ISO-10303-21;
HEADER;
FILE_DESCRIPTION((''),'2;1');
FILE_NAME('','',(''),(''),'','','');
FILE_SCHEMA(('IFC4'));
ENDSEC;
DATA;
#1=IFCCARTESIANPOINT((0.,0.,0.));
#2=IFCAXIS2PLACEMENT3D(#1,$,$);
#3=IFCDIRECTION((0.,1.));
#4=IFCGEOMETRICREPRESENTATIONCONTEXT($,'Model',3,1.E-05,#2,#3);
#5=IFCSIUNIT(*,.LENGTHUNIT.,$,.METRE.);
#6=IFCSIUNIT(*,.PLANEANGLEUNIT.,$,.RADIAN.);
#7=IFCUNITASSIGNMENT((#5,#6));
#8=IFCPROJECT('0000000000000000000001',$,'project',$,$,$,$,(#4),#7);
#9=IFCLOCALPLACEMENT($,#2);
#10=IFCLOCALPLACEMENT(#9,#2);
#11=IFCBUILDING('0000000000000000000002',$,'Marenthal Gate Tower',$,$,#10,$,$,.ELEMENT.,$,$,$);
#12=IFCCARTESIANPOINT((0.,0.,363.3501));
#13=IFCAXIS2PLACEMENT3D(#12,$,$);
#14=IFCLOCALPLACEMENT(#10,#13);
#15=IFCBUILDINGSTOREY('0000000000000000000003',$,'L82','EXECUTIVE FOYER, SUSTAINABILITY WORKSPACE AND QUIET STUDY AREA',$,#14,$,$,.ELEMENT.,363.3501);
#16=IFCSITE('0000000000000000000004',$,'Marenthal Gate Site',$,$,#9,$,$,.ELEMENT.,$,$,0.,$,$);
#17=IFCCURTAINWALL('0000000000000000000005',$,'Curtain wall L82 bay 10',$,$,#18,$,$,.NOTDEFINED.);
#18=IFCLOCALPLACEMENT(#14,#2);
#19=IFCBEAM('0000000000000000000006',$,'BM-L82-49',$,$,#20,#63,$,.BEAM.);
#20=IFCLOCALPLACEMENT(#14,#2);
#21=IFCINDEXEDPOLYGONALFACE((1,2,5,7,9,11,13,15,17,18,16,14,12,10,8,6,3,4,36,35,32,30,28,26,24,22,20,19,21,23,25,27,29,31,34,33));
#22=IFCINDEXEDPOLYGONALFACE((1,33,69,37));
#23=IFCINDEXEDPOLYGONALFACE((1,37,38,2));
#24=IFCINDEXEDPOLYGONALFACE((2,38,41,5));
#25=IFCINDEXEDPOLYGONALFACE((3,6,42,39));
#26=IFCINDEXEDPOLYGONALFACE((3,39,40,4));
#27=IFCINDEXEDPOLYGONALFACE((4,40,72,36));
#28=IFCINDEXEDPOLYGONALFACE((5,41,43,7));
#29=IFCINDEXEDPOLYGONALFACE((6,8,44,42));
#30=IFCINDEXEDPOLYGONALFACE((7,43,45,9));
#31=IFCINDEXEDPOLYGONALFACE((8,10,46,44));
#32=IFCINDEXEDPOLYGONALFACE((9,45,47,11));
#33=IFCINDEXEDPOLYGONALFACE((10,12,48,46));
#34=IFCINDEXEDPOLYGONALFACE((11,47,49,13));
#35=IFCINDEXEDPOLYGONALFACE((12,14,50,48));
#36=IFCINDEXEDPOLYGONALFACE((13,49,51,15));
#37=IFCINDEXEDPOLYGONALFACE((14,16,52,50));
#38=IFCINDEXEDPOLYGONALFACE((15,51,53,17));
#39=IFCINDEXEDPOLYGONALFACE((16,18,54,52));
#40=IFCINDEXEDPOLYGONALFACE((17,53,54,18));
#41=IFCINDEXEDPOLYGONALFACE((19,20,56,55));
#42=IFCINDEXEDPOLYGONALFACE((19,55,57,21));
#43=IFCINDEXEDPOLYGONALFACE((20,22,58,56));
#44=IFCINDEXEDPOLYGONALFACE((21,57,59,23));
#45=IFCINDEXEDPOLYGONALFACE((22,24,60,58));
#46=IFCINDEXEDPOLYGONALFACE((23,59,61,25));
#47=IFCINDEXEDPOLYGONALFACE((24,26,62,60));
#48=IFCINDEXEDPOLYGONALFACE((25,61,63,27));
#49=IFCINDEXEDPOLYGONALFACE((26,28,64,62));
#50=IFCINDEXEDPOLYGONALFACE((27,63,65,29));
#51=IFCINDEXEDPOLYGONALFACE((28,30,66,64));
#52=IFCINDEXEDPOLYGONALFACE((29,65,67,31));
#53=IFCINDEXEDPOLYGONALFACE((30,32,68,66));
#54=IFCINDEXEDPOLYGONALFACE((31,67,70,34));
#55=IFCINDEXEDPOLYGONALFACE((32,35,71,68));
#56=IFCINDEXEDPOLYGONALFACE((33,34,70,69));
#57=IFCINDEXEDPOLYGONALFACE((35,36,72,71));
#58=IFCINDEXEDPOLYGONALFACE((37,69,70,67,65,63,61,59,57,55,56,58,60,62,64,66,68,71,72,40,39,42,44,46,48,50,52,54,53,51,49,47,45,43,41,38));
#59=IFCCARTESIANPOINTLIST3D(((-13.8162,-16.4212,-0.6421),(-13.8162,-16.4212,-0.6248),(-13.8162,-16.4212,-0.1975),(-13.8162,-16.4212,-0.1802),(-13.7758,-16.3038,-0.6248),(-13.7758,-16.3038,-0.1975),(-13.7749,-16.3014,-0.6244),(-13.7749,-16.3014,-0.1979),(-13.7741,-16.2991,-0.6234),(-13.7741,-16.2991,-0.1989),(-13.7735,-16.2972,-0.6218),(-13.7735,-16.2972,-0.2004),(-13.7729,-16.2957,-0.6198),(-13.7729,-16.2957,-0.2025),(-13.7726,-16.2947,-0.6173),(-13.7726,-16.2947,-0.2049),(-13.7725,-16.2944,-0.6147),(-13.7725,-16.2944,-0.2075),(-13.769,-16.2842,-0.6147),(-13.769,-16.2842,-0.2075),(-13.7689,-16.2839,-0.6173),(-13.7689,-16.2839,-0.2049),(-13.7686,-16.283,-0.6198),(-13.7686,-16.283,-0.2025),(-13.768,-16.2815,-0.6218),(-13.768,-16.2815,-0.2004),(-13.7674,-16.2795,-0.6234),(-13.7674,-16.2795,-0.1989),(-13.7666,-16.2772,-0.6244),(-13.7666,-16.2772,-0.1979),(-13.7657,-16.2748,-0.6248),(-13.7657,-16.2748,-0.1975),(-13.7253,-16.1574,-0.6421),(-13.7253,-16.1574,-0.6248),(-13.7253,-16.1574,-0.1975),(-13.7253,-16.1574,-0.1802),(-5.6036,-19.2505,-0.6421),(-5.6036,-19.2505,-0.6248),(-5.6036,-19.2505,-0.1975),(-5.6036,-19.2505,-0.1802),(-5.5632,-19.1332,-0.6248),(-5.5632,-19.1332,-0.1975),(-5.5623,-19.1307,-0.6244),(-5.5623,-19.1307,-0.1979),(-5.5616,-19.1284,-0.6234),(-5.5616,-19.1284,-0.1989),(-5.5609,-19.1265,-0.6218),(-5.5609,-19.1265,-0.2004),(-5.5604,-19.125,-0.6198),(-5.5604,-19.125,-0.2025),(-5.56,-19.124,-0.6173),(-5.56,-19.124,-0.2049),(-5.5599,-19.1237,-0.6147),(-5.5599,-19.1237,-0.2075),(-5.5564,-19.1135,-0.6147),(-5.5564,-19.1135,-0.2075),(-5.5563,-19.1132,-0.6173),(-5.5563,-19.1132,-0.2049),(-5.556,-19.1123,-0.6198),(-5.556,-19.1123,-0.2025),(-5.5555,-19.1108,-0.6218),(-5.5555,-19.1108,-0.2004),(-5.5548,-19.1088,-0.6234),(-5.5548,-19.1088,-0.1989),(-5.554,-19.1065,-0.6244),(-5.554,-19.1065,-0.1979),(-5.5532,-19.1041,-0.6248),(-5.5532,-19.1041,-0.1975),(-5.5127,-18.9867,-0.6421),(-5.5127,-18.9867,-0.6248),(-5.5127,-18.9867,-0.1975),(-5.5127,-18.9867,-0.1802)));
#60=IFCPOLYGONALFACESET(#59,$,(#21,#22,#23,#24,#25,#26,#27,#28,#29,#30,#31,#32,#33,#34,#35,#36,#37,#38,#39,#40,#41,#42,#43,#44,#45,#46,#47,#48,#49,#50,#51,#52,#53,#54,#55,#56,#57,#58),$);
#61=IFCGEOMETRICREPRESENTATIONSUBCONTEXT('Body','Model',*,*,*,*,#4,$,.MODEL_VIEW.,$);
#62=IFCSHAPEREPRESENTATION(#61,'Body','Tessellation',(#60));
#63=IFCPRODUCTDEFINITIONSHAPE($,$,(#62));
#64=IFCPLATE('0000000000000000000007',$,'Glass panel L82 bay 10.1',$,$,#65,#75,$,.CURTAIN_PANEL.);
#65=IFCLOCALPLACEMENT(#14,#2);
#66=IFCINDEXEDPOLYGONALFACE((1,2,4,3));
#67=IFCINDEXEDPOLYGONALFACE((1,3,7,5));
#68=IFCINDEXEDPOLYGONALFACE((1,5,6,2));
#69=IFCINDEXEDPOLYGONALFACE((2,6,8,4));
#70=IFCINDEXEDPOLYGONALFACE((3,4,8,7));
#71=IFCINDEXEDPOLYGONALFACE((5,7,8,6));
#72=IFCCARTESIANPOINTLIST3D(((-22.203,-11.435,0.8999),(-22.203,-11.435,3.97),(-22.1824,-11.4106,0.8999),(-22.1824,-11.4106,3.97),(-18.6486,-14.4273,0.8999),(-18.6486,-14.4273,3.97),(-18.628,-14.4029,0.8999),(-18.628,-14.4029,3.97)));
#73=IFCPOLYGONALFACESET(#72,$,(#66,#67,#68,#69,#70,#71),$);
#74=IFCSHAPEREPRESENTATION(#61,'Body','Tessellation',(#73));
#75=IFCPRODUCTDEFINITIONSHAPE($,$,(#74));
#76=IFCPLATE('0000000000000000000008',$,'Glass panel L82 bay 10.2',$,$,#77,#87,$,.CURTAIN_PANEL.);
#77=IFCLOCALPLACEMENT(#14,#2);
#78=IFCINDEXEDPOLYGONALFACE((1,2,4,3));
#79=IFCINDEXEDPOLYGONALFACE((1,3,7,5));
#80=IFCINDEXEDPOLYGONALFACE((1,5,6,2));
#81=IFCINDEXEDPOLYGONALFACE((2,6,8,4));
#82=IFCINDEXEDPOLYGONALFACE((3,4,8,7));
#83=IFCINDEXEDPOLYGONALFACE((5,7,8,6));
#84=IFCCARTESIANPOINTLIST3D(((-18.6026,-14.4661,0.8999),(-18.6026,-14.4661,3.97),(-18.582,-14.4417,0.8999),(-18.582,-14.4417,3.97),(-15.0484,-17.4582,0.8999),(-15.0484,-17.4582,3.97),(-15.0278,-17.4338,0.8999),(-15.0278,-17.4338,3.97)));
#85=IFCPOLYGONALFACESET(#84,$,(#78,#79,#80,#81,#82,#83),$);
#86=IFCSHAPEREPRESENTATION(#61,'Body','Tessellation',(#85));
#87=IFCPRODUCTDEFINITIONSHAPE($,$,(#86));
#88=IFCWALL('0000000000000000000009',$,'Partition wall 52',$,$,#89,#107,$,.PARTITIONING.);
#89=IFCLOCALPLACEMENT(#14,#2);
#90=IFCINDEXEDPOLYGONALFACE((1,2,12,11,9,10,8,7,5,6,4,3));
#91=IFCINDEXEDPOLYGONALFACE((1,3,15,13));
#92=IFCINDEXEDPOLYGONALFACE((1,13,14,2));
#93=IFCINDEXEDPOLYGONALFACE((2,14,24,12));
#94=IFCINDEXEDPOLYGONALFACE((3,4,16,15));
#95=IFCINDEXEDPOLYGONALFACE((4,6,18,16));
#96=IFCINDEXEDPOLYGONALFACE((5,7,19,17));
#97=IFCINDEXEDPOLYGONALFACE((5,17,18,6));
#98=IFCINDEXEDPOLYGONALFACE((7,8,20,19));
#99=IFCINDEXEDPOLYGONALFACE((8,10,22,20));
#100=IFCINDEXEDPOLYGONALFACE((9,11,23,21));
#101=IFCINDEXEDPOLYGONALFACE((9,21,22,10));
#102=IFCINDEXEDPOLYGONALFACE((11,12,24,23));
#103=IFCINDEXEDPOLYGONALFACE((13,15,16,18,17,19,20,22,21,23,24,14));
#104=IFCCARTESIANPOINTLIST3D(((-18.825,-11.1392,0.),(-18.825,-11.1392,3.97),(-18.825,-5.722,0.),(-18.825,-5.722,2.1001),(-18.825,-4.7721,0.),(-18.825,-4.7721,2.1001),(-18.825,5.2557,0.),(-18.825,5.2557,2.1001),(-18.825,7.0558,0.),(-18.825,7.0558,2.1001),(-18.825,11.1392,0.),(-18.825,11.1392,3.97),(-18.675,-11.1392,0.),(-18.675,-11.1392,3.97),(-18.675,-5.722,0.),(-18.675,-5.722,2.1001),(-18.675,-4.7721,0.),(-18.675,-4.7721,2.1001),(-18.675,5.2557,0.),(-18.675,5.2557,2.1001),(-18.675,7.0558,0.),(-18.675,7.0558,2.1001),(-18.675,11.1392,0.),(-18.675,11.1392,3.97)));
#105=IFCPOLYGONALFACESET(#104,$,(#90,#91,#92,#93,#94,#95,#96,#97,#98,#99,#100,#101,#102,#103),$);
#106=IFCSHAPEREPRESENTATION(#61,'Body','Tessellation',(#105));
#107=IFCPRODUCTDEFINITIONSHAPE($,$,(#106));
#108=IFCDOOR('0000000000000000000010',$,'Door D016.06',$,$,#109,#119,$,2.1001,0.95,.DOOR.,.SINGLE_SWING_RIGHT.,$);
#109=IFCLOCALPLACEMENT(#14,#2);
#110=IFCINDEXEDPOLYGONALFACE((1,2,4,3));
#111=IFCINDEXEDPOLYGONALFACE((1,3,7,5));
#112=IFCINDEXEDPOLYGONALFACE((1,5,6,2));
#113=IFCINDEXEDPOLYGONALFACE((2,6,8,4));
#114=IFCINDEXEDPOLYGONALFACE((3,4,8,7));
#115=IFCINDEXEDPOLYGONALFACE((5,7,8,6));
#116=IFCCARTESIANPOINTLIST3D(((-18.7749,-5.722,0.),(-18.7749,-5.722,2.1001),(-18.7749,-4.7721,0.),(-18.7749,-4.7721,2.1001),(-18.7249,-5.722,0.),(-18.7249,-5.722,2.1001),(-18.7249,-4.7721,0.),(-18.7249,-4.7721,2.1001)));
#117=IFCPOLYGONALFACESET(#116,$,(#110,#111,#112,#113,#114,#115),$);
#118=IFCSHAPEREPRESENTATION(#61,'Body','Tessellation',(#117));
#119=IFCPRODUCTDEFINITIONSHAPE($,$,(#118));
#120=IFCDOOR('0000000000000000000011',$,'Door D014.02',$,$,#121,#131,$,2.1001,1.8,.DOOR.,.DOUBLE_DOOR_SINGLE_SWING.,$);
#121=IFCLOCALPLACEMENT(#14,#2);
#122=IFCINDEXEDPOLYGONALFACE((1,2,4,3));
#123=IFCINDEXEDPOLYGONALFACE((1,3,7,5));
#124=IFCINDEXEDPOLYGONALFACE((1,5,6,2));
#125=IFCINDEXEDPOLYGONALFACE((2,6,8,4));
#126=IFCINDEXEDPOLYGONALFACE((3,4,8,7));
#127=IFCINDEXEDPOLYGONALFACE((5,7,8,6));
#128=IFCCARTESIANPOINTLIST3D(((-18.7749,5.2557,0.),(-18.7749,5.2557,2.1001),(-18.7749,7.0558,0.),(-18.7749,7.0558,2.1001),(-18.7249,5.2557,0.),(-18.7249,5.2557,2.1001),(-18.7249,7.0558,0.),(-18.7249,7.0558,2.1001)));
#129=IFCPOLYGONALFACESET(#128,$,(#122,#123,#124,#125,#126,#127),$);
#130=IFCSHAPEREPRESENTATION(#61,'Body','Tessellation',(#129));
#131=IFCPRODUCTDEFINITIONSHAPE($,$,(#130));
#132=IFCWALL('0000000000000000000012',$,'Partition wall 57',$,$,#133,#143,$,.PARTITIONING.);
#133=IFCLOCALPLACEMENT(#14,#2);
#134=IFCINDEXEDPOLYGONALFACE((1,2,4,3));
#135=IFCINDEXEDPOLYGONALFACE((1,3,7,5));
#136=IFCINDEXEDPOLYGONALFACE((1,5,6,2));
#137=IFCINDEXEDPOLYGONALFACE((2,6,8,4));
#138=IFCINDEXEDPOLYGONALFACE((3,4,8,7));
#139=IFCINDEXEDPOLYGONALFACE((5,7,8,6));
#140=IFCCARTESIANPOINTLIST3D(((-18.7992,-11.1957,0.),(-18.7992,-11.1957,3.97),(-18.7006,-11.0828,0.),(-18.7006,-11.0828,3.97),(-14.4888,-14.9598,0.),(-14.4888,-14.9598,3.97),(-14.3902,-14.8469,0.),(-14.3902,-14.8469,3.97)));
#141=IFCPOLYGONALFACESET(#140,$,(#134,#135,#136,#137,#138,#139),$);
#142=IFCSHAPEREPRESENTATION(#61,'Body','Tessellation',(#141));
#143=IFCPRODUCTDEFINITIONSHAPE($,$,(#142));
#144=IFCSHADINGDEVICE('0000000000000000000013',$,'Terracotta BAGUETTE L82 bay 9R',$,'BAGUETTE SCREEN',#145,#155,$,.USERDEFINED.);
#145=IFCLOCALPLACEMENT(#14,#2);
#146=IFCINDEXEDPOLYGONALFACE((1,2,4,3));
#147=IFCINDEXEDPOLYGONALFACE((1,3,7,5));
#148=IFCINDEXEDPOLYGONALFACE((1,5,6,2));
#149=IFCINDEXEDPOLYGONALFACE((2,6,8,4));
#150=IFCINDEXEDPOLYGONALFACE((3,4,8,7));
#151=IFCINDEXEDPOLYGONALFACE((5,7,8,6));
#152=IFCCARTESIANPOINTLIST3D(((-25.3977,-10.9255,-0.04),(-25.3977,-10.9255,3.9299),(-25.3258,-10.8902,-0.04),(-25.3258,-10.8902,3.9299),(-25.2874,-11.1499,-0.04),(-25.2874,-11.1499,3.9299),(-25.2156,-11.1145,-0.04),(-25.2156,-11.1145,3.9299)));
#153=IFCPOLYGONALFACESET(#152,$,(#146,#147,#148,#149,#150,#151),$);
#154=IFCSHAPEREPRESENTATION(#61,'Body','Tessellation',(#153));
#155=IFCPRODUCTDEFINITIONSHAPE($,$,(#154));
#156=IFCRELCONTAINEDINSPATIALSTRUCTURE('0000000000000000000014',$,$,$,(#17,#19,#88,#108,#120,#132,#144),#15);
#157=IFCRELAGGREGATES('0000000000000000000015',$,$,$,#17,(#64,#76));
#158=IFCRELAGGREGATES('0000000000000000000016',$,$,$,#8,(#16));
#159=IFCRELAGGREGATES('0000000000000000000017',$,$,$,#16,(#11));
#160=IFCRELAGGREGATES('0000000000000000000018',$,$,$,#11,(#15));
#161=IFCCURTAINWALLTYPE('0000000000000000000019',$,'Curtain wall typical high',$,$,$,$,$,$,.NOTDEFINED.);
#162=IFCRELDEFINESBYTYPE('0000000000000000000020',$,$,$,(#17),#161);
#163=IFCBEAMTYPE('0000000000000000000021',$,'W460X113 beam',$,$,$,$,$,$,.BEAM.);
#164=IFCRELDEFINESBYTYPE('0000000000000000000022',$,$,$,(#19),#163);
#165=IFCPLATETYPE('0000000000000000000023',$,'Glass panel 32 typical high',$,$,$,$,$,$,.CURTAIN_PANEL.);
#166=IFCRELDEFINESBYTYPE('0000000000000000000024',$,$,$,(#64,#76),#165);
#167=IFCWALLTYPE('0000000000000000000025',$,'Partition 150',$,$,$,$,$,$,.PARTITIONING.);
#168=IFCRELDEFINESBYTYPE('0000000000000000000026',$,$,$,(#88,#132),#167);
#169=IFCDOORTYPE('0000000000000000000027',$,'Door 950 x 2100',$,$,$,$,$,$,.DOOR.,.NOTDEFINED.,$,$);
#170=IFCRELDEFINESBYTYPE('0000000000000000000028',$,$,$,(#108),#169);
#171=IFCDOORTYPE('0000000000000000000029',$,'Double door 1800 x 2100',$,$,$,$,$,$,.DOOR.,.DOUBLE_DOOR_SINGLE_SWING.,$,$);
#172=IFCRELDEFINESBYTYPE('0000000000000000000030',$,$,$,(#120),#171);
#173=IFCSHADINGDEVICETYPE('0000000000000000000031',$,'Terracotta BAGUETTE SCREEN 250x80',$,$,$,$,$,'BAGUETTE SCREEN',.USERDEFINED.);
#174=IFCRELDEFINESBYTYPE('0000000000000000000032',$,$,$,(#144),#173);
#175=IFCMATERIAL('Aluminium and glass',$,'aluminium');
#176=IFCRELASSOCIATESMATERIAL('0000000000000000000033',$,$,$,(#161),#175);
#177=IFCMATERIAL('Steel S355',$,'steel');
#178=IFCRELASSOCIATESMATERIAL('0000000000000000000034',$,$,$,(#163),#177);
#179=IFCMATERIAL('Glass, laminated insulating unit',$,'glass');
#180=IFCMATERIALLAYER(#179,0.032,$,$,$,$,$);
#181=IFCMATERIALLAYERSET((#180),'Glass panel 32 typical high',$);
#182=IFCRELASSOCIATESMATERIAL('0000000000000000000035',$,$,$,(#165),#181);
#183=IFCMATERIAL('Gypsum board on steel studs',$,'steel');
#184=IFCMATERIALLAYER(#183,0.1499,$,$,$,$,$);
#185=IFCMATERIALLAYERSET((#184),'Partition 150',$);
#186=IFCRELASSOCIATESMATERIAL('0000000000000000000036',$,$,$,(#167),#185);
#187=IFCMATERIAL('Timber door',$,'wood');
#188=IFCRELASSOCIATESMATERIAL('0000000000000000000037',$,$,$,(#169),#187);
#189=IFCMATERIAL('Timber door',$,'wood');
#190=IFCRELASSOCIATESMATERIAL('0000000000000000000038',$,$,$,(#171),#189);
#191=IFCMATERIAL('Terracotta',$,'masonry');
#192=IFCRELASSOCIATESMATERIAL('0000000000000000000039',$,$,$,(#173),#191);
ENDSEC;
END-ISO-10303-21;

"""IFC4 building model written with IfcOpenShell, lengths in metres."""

from ifc_helpers import new_model, si_unit, direction, frame, frame_2d, origin, origin_2d, place, context, subcontext, project, spatial, rectangle, i_section, extrude, material, layer, layer_set, material_profile, profile_set, type_object, element, fill, aggregate, save


model = new_model("IFC4")

# Units and contexts
model_context = context("Model", 3, precision=1e-05, world=origin(), true_north=direction((0.0, 1.0)))
body_context = subcontext(model_context, "Body", "Model", "MODEL_VIEW")
ifc_project = project(units=[si_unit("LENGTHUNIT", "METRE"), si_unit("PLANEANGLEUNIT", "RADIAN")], contexts=[model_context])

# Site, building, storey
site_placement = place(None, origin())
site = spatial("IfcSite", under=ifc_project, at=site_placement, Name="Marenthal Gate Site", CompositionType="ELEMENT", RefElevation=0.0)
building_placement = place(site_placement, origin())
building = spatial("IfcBuilding", under=site, at=building_placement, Name="Marenthal Gate Tower", CompositionType="ELEMENT")
storey_placement = place(building_placement, frame((0.0, 0.0, 363.3501)))
storey = spatial("IfcBuildingStorey", under=building, at=storey_placement, Name="L82", Description="EXECUTIVE FOYER, SUSTAINABILITY WORKSPACE AND QUIET STUDY AREA", CompositionType="ELEMENT", Elevation=363.3501)

# Curtain wall
ifc_material_1 = material(Name="Aluminium and glass", Category="aluminium")
curtain_wall_type = type_object("IfcCurtainWallType", Name="Curtain wall typical high", PredefinedType="NOTDEFINED", material=ifc_material_1)
curtain_wall_placement = place(storey_placement, origin())
curtain_wall = element("IfcCurtainWall", 1, at=curtain_wall_placement, inside=storey, type_object=curtain_wall_type, Name="Curtain wall L82 bay 10", PredefinedType="NOTDEFINED")

# Beam
ifc_material_2 = material(Name="Steel S355", Category="steel")
ifc_material_profile_1 = material_profile(ifc_material_2, i_section(OverallWidth=0.2791, OverallDepth=0.4619, WebThickness=0.0107, FlangeThickness=0.0173, FilletRadius=0.01, at=origin_2d()), Name="W460X113")
ifc_profile_set_1 = profile_set([ifc_material_profile_1], Name="Steel S355")
beam_type_1 = type_object("IfcBeamType", Name="W460X113 beam", PredefinedType="BEAM", material=ifc_profile_set_1)
beam_1_placement = place(storey_placement, frame((-13.7708, -16.2893, -0.4111), z_axis=(0.945465, -0.325723, 0.0), x_axis=(0.325723, 0.945465, 0.0)))
element("IfcBeam", 2, at=beam_1_placement, inside=storey, type_object=beam_type_1, Name="BM-L82-49", PredefinedType="BEAM", context=body_context, shape_type="SweptSolid", body=[
    extrude(i_section(OverallWidth=0.2791, OverallDepth=0.4619, WebThickness=0.0107, FlangeThickness=0.0173, FilletRadius=0.01, at=origin_2d()), origin(), (0.0, 0.0, 1.0), 8.6863),
])

# Plates
ifc_material_3 = material(Name="Glass, laminated insulating unit", Category="glass")
ifc_layer_1 = layer(ifc_material_3, 0.032)
ifc_layer_set_1 = layer_set([ifc_layer_1], Name="Glass panel 32 typical high")
plate_type = type_object("IfcPlateType", Name="Glass panel 32 typical high", PredefinedType="CURTAIN_PANEL", material=ifc_layer_set_1)
plate_1_placement = place(storey_placement, frame((-20.4155, -12.9189, 0.8999), z_axis=(0.0, 0.0, 1.0), x_axis=(0.765006, -0.644023, 0.0)))
plate_1 = element("IfcPlate", 3, at=plate_1_placement, type_object=plate_type, Name="Glass panel L82 bay 10.1", PredefinedType="CURTAIN_PANEL", context=body_context, shape_type="SweptSolid", body=[
    extrude(rectangle(XDim=4.6462, YDim=0.032, at=origin_2d()), origin(), (0.0, 0.0, 1.0), 3.0701),
])
plate_2_placement = place(storey_placement, frame((-16.8152, -15.95, 0.8999), z_axis=(0.0, 0.0, 1.0), x_axis=(0.765006, -0.644023, 0.0)))
plate_2 = element("IfcPlate", 4, at=plate_2_placement, type_object=plate_type, Name="Glass panel L82 bay 10.2", PredefinedType="CURTAIN_PANEL", context=body_context, shape_type="SweptSolid", body=[
    extrude(rectangle(XDim=4.646, YDim=0.032, at=origin_2d()), origin(), (0.0, 0.0, 1.0), 3.0701),
])
aggregate(curtain_wall, [plate_1, plate_2])

# Wall, openings, doors
ifc_material_4 = material(Name="Gypsum board on steel studs", Category="steel")
ifc_layer_2 = layer(ifc_material_4, 0.1499)
ifc_layer_set_2 = layer_set([ifc_layer_2], Name="Partition 150")
wall_type_1 = type_object("IfcWallType", Name="Partition 150", PredefinedType="PARTITIONING", material=ifc_layer_set_2)
wall_1_placement = place(storey_placement, frame((-18.75, -11.1392, 0.0), z_axis=(0.0, 0.0, 1.0), x_axis=(0.0, 1.0, 0.0)))
wall_1 = element("IfcWall", 5, at=wall_1_placement, inside=storey, type_object=wall_type_1, Name="Partition wall 52", PredefinedType="PARTITIONING", context=body_context, shape_type="SweptSolid", body=[
    extrude(rectangle(XDim=22.2783, YDim=0.1499, at=frame_2d((11.1392, 0.0))), origin(), (0.0, 0.0, 1.0), 3.97),
])
opening_1_placement = place(wall_1_placement, frame((16.395, 0.0, 0.0)))
opening_1 = element("IfcOpeningElement", 6, at=opening_1_placement, cuts=wall_1, PredefinedType="OPENING", context=body_context, shape_type="SweptSolid", body=[
    extrude(rectangle(XDim=1.8, YDim=2.1001, at=frame_2d((0.8999, 1.05))), frame((0.0, 0.085, 0.0), z_axis=(0.0, -1.0, 0.0), x_axis=(1.0, 0.0, 0.0)), (0.0, 0.0, 1.0), 0.1699),
])
opening_2_placement = place(wall_1_placement, frame((5.417, 0.0, 0.0)))
opening_2 = element("IfcOpeningElement", 7, at=opening_2_placement, cuts=wall_1, PredefinedType="OPENING", context=body_context, shape_type="SweptSolid", body=[
    extrude(rectangle(XDim=0.95, YDim=2.1001, at=frame_2d((0.4751, 1.05))), frame((0.0, 0.085, 0.0), z_axis=(0.0, -1.0, 0.0), x_axis=(1.0, 0.0, 0.0)), (0.0, 0.0, 1.0), 0.1699),
])
ifc_material_5 = material(Name="Timber door", Category="wood")
door_type_1 = type_object("IfcDoorType", Name="Door 950 x 2100", OperationType="NOTDEFINED", PredefinedType="DOOR", material=ifc_material_5)
door_1_placement = place(opening_2_placement, origin())
door_1 = element("IfcDoor", 8, at=door_1_placement, inside=storey, type_object=door_type_1, Name="Door D016.06", OperationType="SINGLE_SWING_RIGHT", OverallHeight=2.1001, OverallWidth=0.95, PredefinedType="DOOR", context=body_context, shape_type="SweptSolid", body=[
    extrude(rectangle(XDim=0.95, YDim=2.1001, at=frame_2d((0.4751, 1.05))), frame((0.0, 0.0249, 0.0), z_axis=(0.0, -1.0, 0.0), x_axis=(1.0, 0.0, 0.0)), (0.0, 0.0, 1.0), 0.05),
])
fill(opening_2, door_1)
ifc_material_6 = material(Name="Timber door", Category="wood")
door_type_2 = type_object("IfcDoorType", Name="Double door 1800 x 2100", OperationType="DOUBLE_DOOR_SINGLE_SWING", PredefinedType="DOOR", material=ifc_material_6)
door_2_placement = place(opening_1_placement, origin())
door_2 = element("IfcDoor", 9, at=door_2_placement, inside=storey, type_object=door_type_2, Name="Door D014.02", OperationType="DOUBLE_DOOR_SINGLE_SWING", OverallHeight=2.1001, OverallWidth=1.8, PredefinedType="DOOR", context=body_context, shape_type="SweptSolid", body=[
    extrude(rectangle(XDim=1.8, YDim=2.1001, at=frame_2d((0.8999, 1.05))), frame((0.0, 0.0249, 0.0), z_axis=(0.0, -1.0, 0.0), x_axis=(1.0, 0.0, 0.0)), (0.0, 0.0, 1.0), 0.05),
])
fill(opening_1, door_2)

# Wall
wall_2_placement = place(storey_placement, frame((-14.4395, -14.9033, 0.0), z_axis=(0.0, 0.0, 1.0), x_axis=(-0.753232, 0.657755, 0.0)))
element("IfcWall", 10, at=wall_2_placement, inside=storey, type_object=wall_type_1, Name="Partition wall 57", PredefinedType="PARTITIONING", context=body_context, shape_type="SweptSolid", body=[
    extrude(rectangle(XDim=5.7227, YDim=0.1499, at=frame_2d((2.8613, 0.0))), origin(), (0.0, 0.0, 1.0), 3.97),
])

# Shading device
ifc_material_7 = material(Name="Terracotta", Category="masonry")
ifc_material_profile_2 = material_profile(ifc_material_7, rectangle(XDim=0.25, YDim=0.0801, at=origin_2d()), Name="Terracotta baguette 250x80")
ifc_profile_set_2 = profile_set([ifc_material_profile_2], Name="Terracotta")
shading_device_type = type_object("IfcShadingDeviceType", Name="Terracotta BAGUETTE SCREEN 250x80", ElementType="BAGUETTE SCREEN", PredefinedType="USERDEFINED", material=ifc_profile_set_2)
shading_device_placement = place(storey_placement, frame((-25.3066, -11.02, -0.04), z_axis=(0.0, 0.0, 1.0), x_axis=(0.441063, -0.897476, 0.0)))
element("IfcShadingDevice", 11, at=shading_device_placement, inside=storey, type_object=shading_device_type, Name="Terracotta BAGUETTE L82 bay 9R", ObjectType="BAGUETTE SCREEN", PredefinedType="USERDEFINED", context=body_context, shape_type="SweptSolid", body=[
    extrude(rectangle(XDim=0.25, YDim=0.0801, at=origin_2d()), origin(), (0.0, 0.0, 1.0), 3.97),
])

save(model, "model.ifc")
